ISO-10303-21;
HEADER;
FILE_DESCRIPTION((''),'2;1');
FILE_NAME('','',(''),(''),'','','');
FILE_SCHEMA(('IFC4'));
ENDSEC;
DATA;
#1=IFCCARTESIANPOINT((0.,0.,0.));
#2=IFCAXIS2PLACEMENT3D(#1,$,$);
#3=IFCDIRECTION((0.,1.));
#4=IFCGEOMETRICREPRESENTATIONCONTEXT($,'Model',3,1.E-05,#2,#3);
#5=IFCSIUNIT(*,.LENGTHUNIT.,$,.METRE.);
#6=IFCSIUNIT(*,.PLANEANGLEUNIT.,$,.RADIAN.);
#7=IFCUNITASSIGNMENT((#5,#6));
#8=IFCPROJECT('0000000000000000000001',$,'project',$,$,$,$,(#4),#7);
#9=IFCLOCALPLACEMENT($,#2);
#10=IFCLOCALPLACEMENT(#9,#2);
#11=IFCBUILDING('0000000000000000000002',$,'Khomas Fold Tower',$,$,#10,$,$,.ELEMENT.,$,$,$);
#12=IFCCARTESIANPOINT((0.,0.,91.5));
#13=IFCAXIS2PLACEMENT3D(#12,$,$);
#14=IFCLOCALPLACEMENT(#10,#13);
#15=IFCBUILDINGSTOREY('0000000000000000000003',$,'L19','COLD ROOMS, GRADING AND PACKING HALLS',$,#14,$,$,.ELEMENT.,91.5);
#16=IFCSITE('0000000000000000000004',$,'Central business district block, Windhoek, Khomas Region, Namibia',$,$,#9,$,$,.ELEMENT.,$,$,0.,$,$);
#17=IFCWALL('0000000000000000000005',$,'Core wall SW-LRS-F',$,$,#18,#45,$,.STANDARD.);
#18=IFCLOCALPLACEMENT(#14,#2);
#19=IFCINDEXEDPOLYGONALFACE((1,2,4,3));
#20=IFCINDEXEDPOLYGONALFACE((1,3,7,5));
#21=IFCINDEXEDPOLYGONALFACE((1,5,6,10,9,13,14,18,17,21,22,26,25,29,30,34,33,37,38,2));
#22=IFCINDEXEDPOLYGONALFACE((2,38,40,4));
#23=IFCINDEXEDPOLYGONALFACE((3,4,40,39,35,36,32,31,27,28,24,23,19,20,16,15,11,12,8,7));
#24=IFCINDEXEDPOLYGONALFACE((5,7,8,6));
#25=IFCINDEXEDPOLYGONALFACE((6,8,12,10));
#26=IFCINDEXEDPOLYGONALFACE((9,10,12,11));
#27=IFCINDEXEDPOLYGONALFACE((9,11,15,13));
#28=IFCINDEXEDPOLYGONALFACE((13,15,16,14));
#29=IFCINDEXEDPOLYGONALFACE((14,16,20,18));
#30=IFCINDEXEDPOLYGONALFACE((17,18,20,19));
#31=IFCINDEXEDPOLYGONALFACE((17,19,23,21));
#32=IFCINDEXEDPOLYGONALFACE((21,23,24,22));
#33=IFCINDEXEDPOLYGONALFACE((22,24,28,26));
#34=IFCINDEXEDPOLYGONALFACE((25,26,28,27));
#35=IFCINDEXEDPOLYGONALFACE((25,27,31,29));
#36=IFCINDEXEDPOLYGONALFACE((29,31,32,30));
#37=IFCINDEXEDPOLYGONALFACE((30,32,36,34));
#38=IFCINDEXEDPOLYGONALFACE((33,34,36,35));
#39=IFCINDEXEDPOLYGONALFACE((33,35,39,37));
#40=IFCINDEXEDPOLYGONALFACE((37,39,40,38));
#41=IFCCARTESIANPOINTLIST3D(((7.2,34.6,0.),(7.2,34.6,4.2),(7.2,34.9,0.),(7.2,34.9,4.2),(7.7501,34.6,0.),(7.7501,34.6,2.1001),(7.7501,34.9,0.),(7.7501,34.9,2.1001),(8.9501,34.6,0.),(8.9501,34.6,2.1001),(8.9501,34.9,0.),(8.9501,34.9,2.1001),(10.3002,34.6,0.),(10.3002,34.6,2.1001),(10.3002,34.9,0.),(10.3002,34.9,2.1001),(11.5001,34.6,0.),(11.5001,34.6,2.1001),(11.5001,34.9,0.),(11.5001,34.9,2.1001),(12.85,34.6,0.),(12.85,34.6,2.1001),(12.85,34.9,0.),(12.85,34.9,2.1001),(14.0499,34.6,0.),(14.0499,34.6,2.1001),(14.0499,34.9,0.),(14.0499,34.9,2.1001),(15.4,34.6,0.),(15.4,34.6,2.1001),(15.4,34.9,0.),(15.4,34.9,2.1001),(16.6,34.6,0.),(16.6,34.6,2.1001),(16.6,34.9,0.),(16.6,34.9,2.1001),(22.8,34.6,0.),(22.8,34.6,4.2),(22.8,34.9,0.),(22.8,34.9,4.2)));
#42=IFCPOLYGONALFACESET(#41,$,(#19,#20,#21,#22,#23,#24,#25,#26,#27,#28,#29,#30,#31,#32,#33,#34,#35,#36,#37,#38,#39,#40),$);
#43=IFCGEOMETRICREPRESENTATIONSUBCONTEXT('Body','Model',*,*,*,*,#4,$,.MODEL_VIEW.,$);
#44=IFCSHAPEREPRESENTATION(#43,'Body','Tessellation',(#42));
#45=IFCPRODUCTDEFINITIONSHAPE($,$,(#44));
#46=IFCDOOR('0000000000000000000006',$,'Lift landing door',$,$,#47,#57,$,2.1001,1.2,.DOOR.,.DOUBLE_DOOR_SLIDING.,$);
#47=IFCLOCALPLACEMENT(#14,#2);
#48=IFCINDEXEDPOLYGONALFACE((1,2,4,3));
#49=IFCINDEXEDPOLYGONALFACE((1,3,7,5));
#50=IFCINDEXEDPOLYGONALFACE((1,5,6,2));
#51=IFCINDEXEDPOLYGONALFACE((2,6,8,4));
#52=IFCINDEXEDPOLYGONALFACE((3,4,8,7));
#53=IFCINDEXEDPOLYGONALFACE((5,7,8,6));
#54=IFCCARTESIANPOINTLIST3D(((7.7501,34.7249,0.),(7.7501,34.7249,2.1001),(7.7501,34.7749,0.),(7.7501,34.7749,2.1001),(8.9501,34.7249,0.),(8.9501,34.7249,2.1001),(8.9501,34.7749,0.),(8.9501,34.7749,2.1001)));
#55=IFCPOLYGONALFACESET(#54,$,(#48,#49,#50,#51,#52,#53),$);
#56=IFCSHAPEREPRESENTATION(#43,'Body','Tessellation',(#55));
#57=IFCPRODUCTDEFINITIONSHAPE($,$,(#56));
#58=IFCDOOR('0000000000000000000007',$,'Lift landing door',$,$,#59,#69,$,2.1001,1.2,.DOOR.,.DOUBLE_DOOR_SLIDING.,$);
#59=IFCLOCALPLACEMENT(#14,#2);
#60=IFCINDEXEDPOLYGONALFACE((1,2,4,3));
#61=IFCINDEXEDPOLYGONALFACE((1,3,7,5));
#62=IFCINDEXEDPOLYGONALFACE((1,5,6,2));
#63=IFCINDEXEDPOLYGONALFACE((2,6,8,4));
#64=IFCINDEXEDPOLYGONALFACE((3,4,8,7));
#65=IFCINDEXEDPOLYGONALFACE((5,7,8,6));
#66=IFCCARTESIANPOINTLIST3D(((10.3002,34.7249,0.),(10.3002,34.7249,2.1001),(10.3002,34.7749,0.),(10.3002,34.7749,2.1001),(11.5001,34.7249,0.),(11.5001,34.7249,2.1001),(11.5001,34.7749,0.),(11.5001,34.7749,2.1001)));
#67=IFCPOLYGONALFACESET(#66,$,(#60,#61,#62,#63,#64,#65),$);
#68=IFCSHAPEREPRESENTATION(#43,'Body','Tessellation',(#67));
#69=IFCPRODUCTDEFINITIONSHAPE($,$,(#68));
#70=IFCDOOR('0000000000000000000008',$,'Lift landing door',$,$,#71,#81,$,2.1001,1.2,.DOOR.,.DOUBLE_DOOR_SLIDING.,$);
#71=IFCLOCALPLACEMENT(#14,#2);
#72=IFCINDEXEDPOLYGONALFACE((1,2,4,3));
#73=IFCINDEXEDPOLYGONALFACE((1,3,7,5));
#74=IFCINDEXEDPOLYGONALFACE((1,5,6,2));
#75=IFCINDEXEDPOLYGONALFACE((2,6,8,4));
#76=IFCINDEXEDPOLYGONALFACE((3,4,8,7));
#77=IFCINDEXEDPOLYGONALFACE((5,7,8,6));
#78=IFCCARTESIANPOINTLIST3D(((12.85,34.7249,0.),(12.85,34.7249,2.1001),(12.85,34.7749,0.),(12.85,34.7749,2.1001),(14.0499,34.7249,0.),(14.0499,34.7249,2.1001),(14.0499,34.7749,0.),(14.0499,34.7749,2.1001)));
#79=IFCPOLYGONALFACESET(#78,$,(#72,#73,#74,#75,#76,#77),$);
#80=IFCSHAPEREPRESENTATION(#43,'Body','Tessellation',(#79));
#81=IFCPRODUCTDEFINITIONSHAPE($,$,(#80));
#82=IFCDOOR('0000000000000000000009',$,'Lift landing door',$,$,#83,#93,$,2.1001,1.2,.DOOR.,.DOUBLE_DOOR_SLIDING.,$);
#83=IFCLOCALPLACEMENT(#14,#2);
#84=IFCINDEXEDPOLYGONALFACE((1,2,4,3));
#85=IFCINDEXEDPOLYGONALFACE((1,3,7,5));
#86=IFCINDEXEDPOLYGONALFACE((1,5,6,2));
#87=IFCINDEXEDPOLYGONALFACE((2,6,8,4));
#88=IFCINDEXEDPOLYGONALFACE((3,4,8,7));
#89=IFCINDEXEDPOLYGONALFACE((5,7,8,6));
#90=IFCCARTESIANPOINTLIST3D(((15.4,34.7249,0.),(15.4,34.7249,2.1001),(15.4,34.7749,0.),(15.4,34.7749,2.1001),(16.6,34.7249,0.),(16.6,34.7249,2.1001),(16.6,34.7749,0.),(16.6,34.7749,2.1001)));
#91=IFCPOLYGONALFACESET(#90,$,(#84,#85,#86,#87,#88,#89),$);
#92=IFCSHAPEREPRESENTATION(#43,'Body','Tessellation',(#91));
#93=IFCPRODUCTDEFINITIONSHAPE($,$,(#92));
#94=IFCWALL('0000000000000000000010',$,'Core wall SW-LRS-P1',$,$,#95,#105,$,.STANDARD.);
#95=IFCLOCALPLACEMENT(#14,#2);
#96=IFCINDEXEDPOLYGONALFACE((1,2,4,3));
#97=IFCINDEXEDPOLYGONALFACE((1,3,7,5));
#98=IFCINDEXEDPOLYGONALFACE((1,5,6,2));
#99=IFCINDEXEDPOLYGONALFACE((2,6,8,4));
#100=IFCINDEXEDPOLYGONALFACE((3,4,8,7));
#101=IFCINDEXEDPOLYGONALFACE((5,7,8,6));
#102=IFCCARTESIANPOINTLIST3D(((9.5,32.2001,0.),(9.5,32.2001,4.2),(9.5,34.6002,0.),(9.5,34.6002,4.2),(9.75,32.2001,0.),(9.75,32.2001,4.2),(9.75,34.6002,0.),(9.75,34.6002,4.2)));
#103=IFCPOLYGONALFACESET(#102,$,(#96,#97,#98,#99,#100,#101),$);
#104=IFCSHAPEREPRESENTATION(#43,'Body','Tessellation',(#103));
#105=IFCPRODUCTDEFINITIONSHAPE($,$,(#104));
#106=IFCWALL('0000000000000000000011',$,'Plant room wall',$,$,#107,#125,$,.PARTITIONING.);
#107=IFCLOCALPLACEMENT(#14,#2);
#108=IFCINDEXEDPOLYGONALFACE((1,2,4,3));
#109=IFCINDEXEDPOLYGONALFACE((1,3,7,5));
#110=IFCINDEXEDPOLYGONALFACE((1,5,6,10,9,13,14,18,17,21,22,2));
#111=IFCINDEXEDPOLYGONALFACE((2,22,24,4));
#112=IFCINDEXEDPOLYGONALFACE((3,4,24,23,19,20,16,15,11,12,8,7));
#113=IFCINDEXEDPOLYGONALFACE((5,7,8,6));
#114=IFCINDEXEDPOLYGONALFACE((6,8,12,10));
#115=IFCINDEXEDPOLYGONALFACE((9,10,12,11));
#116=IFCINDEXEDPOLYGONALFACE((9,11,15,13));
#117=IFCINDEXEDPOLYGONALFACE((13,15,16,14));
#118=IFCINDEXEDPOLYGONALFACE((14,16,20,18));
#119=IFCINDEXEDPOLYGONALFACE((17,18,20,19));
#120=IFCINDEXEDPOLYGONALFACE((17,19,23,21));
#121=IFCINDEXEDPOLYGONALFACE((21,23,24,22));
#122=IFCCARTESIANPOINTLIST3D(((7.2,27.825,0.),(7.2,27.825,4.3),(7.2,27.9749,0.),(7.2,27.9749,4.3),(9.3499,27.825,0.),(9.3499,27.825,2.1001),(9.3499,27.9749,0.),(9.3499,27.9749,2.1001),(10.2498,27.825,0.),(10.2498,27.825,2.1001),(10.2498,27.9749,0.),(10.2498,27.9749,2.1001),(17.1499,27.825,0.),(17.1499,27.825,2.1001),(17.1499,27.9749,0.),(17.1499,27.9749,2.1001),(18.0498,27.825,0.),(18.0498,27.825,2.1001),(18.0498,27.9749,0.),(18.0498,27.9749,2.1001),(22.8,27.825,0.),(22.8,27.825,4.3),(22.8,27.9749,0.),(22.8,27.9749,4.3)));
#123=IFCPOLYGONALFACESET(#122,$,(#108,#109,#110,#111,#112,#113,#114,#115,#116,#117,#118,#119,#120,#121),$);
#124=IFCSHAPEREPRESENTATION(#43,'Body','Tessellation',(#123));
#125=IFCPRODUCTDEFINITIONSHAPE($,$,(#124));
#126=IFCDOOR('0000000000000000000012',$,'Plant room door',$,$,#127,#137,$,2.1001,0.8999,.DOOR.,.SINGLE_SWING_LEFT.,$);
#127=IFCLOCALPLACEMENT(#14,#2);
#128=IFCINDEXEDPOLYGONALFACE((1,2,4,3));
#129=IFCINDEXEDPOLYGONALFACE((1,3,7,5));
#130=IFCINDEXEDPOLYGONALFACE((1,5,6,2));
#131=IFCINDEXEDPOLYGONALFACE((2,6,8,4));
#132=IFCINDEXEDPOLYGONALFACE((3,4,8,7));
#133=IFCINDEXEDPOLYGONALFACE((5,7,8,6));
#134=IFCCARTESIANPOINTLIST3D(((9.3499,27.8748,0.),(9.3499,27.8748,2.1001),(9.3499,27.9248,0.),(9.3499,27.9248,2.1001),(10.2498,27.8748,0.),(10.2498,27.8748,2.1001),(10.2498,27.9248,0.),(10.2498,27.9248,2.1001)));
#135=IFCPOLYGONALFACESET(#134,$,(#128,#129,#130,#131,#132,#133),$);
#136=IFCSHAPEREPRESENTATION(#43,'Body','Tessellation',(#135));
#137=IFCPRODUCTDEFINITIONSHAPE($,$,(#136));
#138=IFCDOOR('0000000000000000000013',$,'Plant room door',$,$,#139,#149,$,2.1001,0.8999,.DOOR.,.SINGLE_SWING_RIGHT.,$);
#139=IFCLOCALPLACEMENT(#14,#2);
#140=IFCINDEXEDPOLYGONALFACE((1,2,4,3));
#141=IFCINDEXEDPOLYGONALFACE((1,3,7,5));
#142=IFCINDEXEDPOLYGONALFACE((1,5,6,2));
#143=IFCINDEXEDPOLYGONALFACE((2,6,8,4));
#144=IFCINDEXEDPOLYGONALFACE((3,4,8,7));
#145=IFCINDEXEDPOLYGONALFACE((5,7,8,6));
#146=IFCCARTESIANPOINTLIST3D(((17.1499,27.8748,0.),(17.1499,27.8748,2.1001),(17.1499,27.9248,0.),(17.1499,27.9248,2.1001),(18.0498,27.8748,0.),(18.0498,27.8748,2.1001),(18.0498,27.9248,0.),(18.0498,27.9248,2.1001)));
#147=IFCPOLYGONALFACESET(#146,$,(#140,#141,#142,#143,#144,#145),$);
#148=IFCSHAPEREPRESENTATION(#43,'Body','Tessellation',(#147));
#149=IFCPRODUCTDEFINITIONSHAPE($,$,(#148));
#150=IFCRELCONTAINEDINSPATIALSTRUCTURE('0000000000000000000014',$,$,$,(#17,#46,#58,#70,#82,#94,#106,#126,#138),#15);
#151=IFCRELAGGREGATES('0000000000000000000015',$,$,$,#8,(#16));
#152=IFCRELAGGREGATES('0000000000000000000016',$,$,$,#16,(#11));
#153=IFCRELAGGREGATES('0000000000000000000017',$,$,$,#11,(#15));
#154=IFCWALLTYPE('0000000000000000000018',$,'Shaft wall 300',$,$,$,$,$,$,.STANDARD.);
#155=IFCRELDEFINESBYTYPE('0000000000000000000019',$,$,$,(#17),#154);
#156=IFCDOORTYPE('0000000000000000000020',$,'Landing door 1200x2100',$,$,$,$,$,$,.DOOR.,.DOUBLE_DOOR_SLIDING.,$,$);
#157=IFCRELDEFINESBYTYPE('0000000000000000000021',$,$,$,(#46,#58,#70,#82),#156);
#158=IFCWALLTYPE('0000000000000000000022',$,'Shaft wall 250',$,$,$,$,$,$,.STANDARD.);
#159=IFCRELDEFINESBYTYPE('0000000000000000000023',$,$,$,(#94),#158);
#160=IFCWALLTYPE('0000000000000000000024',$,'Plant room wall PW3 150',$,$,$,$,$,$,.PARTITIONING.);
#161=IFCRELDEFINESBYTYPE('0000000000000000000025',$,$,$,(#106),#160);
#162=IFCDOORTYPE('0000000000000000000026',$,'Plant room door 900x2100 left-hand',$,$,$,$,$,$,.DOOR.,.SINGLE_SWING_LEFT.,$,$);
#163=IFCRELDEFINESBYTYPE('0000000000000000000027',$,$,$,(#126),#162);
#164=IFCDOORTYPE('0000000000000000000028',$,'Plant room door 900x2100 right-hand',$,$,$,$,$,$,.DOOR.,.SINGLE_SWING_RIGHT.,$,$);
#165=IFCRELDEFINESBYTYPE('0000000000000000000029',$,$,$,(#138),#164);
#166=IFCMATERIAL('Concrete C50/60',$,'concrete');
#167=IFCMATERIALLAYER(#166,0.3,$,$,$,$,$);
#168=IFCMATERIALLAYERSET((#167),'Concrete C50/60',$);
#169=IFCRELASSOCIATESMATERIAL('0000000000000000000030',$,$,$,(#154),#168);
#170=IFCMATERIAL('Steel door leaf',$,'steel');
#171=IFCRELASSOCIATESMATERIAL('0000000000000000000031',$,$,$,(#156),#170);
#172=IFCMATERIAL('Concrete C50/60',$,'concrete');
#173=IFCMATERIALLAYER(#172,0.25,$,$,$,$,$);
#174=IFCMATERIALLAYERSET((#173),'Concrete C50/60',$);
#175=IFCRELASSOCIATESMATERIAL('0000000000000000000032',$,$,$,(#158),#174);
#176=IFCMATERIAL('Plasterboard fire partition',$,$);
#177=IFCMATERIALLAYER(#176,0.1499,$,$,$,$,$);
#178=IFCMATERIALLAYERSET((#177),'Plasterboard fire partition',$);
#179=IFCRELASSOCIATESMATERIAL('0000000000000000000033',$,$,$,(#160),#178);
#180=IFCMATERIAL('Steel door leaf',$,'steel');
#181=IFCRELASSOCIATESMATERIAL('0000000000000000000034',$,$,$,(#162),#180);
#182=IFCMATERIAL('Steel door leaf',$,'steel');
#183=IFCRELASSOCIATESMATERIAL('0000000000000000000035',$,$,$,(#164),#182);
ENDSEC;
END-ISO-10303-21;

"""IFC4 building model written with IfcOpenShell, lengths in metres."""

from ifc_helpers import new_model, si_unit, direction, frame, frame_2d, origin, place, context, subcontext, project, spatial, rectangle, extrude, source, transform, mapped, material, layer, layer_set, type_object, element, fill, save


model = new_model("IFC4")

# Units and contexts
model_context = context("Model", 3, precision=1e-05, world=origin(), true_north=direction((0.0, 1.0)))
body_context = subcontext(model_context, "Body", "Model", "MODEL_VIEW")
ifc_project = project(units=[si_unit("LENGTHUNIT", "METRE"), si_unit("PLANEANGLEUNIT", "RADIAN")], contexts=[model_context])

# Site, building, storey
site_placement = place(None, origin())
site = spatial("IfcSite", under=ifc_project, at=site_placement, Name="Central business district block, Windhoek, Khomas Region, Namibia", CompositionType="ELEMENT", RefElevation=0.0)
building_placement = place(site_placement, origin())
building = spatial("IfcBuilding", under=site, at=building_placement, Name="Khomas Fold Tower", CompositionType="ELEMENT")
storey_placement = place(building_placement, frame((0.0, 0.0, 91.5)))
storey = spatial("IfcBuildingStorey", under=building, at=storey_placement, Name="L19", Description="COLD ROOMS, GRADING AND PACKING HALLS", CompositionType="ELEMENT", Elevation=91.5)

# Shared definitions
ifc_material_1 = material(Name="Concrete C50/60", Category="concrete")
ifc_layer_1 = layer(ifc_material_1, 0.3)
ifc_layer_set_1 = layer_set([ifc_layer_1], Name="Concrete C50/60")
wall_type_1 = type_object("IfcWallType", Name="Shaft wall 300", PredefinedType="STANDARD", material=ifc_layer_set_1)
shared_shape_1 = source(origin(), body_context, "Body", "SweptSolid", [
    extrude(rectangle(XDim=15.6001, YDim=0.3, at=frame_2d((7.8, 0.0))), origin(), (0.0, 0.0, 1.0), 4.2),
])

# Wall, openings, doors
wall_1_placement = place(storey_placement, frame((7.2, 34.75, 0.0), z_axis=(0.0, 0.0, 1.0), x_axis=(1.0, 0.0, 0.0)))
wall_1 = element("IfcWall", 1, at=wall_1_placement, inside=storey, type_object=wall_type_1, Name="Core wall SW-LRS-F", PredefinedType="STANDARD", context=body_context, shape_type="MappedRepresentation", body=[
    mapped(shared_shape_1, transform((0.0, 0.0, 0.0))),
])
shared_shape_2 = source(origin(), body_context, "Body", "SweptSolid", [
    extrude(rectangle(XDim=1.2, YDim=2.1001, at=frame_2d((0.6001, 1.05))), frame((0.0, 0.1599, 0.0), z_axis=(0.0, -1.0, 0.0), x_axis=(1.0, 0.0, 0.0)), (0.0, 0.0, 1.0), 0.3201),
])
opening_1_placement = place(wall_1_placement, frame((0.55, 0.0, 0.0)))
opening_1 = element("IfcOpeningElement", 2, at=opening_1_placement, cuts=wall_1, PredefinedType="OPENING", context=body_context, shape_type="MappedRepresentation", body=[
    mapped(shared_shape_2, transform((0.0, 0.0, 0.0))),
])
opening_2_placement = place(wall_1_placement, frame((3.1001, 0.0, 0.0)))
opening_2 = element("IfcOpeningElement", 3, at=opening_2_placement, cuts=wall_1, PredefinedType="OPENING", context=body_context, shape_type="MappedRepresentation", body=[
    mapped(shared_shape_2, transform((0.0, 0.0, 0.0))),
])
opening_3_placement = place(wall_1_placement, frame((5.6499, 0.0, 0.0)))
opening_3 = element("IfcOpeningElement", 4, at=opening_3_placement, cuts=wall_1, PredefinedType="OPENING", context=body_context, shape_type="MappedRepresentation", body=[
    mapped(shared_shape_2, transform((0.0, 0.0, 0.0))),
])
opening_4_placement = place(wall_1_placement, frame((8.2, 0.0, 0.0)))
opening_4 = element("IfcOpeningElement", 5, at=opening_4_placement, cuts=wall_1, PredefinedType="OPENING", context=body_context, shape_type="MappedRepresentation", body=[
    mapped(shared_shape_2, transform((0.0, 0.0, 0.0))),
])
ifc_material_2 = material(Name="Steel door leaf", Category="steel")
door_type_1 = type_object("IfcDoorType", Name="Landing door 1200x2100", OperationType="DOUBLE_DOOR_SLIDING", PredefinedType="DOOR", material=ifc_material_2)
shared_shape_3 = source(origin(), body_context, "Body", "SweptSolid", [
    extrude(rectangle(XDim=1.2, YDim=2.1001, at=frame_2d((0.6001, 1.05))), frame((0.0, 0.0249, 0.0), z_axis=(0.0, -1.0, 0.0), x_axis=(1.0, 0.0, 0.0)), (0.0, 0.0, 1.0), 0.05),
])
door_1_placement = place(opening_1_placement, origin())
door_1 = element("IfcDoor", 6, at=door_1_placement, inside=storey, type_object=door_type_1, Name="Lift landing door", OperationType="DOUBLE_DOOR_SLIDING", OverallHeight=2.1001, OverallWidth=1.2, PredefinedType="DOOR", context=body_context, shape_type="MappedRepresentation", body=[
    mapped(shared_shape_3, transform((0.0, 0.0, 0.0))),
])
fill(opening_1, door_1)
door_2_placement = place(opening_2_placement, origin())
door_2 = element("IfcDoor", 7, at=door_2_placement, inside=storey, type_object=door_type_1, Name="Lift landing door", OperationType="DOUBLE_DOOR_SLIDING", OverallHeight=2.1001, OverallWidth=1.2, PredefinedType="DOOR", context=body_context, shape_type="MappedRepresentation", body=[
    mapped(shared_shape_3, transform((0.0, 0.0, 0.0))),
])
fill(opening_2, door_2)
door_3_placement = place(opening_3_placement, origin())
door_3 = element("IfcDoor", 8, at=door_3_placement, inside=storey, type_object=door_type_1, Name="Lift landing door", OperationType="DOUBLE_DOOR_SLIDING", OverallHeight=2.1001, OverallWidth=1.2, PredefinedType="DOOR", context=body_context, shape_type="MappedRepresentation", body=[
    mapped(shared_shape_3, transform((0.0, 0.0, 0.0))),
])
fill(opening_3, door_3)
door_4_placement = place(opening_4_placement, origin())
door_4 = element("IfcDoor", 9, at=door_4_placement, inside=storey, type_object=door_type_1, Name="Lift landing door", OperationType="DOUBLE_DOOR_SLIDING", OverallHeight=2.1001, OverallWidth=1.2, PredefinedType="DOOR", context=body_context, shape_type="MappedRepresentation", body=[
    mapped(shared_shape_3, transform((0.0, 0.0, 0.0))),
])
fill(opening_4, door_4)

# Wall
ifc_material_3 = material(Name="Concrete C50/60", Category="concrete")
ifc_layer_2 = layer(ifc_material_3, 0.25)
ifc_layer_set_2 = layer_set([ifc_layer_2], Name="Concrete C50/60")
wall_type_2 = type_object("IfcWallType", Name="Shaft wall 250", PredefinedType="STANDARD", material=ifc_layer_set_2)
shared_shape_4 = source(origin(), body_context, "Body", "SweptSolid", [
    extrude(rectangle(XDim=2.4001, YDim=0.25, at=frame_2d((1.2002, 0.0))), origin(), (0.0, 0.0, 1.0), 4.2),
])
wall_2_placement = place(storey_placement, frame((9.625, 32.2, 0.0), z_axis=(0.0, 0.0, 1.0), x_axis=(0.0, 1.0, 0.0)))
element("IfcWall", 10, at=wall_2_placement, inside=storey, type_object=wall_type_2, Name="Core wall SW-LRS-P1", PredefinedType="STANDARD", context=body_context, shape_type="MappedRepresentation", body=[
    mapped(shared_shape_4, transform((0.0, 0.0, 0.0))),
])

# Wall, openings, doors
ifc_material_4 = material(Name="Plasterboard fire partition")
ifc_layer_3 = layer(ifc_material_4, 0.1499)
ifc_layer_set_3 = layer_set([ifc_layer_3], Name="Plasterboard fire partition")
wall_type_3 = type_object("IfcWallType", Name="Plant room wall PW3 150", PredefinedType="PARTITIONING", material=ifc_layer_set_3)
shared_shape_5 = source(origin(), body_context, "Body", "SweptSolid", [
    extrude(rectangle(XDim=15.6001, YDim=0.1499, at=frame_2d((7.8, 0.0))), origin(), (0.0, 0.0, 1.0), 4.3),
])
wall_3_placement = place(storey_placement, frame((7.2, 27.8999, 0.0), z_axis=(0.0, 0.0, 1.0), x_axis=(1.0, 0.0, 0.0)))
wall_3 = element("IfcWall", 11, at=wall_3_placement, inside=storey, type_object=wall_type_3, Name="Plant room wall", PredefinedType="PARTITIONING", context=body_context, shape_type="MappedRepresentation", body=[
    mapped(shared_shape_5, transform((0.0, 0.0, 0.0))),
])
shared_shape_6 = source(origin(), body_context, "Body", "SweptSolid", [
    extrude(rectangle(XDim=0.8999, YDim=2.1001, at=frame_2d((0.45, 1.05))), frame((0.0, 0.085, 0.0), z_axis=(0.0, -1.0, 0.0), x_axis=(1.0, 0.0, 0.0)), (0.0, 0.0, 1.0), 0.1699),
])
opening_5_placement = place(wall_3_placement, frame((2.1499, 0.0, 0.0)))
opening_5 = element("IfcOpeningElement", 12, at=opening_5_placement, cuts=wall_3, PredefinedType="OPENING", context=body_context, shape_type="MappedRepresentation", body=[
    mapped(shared_shape_6, transform((0.0, 0.0, 0.0))),
])
opening_6_placement = place(wall_3_placement, frame((9.95, 0.0, 0.0)))
opening_6 = element("IfcOpeningElement", 13, at=opening_6_placement, cuts=wall_3, PredefinedType="OPENING", context=body_context, shape_type="MappedRepresentation", body=[
    mapped(shared_shape_6, transform((0.0, 0.0, 0.0))),
])
ifc_material_5 = material(Name="Steel door leaf", Category="steel")
door_type_2 = type_object("IfcDoorType", Name="Plant room door 900x2100 left-hand", OperationType="SINGLE_SWING_LEFT", PredefinedType="DOOR", material=ifc_material_5)
shared_shape_7 = source(origin(), body_context, "Body", "SweptSolid", [
    extrude(rectangle(XDim=0.8999, YDim=2.1001, at=frame_2d((0.45, 1.05))), frame((0.0, 0.0249, 0.0), z_axis=(0.0, -1.0, 0.0), x_axis=(1.0, 0.0, 0.0)), (0.0, 0.0, 1.0), 0.05),
])
door_5_placement = place(opening_5_placement, origin())
door_5 = element("IfcDoor", 14, at=door_5_placement, inside=storey, type_object=door_type_2, Name="Plant room door", OperationType="SINGLE_SWING_LEFT", OverallHeight=2.1001, OverallWidth=0.8999, PredefinedType="DOOR", context=body_context, shape_type="MappedRepresentation", body=[
    mapped(shared_shape_7, transform((0.0, 0.0, 0.0))),
])
fill(opening_5, door_5)
ifc_material_6 = material(Name="Steel door leaf", Category="steel")
door_type_3 = type_object("IfcDoorType", Name="Plant room door 900x2100 right-hand", OperationType="SINGLE_SWING_RIGHT", PredefinedType="DOOR", material=ifc_material_6)
door_6_placement = place(opening_6_placement, origin())
door_6 = element("IfcDoor", 15, at=door_6_placement, inside=storey, type_object=door_type_3, Name="Plant room door", OperationType="SINGLE_SWING_RIGHT", OverallHeight=2.1001, OverallWidth=0.8999, PredefinedType="DOOR", context=body_context, shape_type="MappedRepresentation", body=[
    mapped(shared_shape_7, transform((0.0, 0.0, 0.0))),
])
fill(opening_6, door_6)

save(model, "model.ifc")
